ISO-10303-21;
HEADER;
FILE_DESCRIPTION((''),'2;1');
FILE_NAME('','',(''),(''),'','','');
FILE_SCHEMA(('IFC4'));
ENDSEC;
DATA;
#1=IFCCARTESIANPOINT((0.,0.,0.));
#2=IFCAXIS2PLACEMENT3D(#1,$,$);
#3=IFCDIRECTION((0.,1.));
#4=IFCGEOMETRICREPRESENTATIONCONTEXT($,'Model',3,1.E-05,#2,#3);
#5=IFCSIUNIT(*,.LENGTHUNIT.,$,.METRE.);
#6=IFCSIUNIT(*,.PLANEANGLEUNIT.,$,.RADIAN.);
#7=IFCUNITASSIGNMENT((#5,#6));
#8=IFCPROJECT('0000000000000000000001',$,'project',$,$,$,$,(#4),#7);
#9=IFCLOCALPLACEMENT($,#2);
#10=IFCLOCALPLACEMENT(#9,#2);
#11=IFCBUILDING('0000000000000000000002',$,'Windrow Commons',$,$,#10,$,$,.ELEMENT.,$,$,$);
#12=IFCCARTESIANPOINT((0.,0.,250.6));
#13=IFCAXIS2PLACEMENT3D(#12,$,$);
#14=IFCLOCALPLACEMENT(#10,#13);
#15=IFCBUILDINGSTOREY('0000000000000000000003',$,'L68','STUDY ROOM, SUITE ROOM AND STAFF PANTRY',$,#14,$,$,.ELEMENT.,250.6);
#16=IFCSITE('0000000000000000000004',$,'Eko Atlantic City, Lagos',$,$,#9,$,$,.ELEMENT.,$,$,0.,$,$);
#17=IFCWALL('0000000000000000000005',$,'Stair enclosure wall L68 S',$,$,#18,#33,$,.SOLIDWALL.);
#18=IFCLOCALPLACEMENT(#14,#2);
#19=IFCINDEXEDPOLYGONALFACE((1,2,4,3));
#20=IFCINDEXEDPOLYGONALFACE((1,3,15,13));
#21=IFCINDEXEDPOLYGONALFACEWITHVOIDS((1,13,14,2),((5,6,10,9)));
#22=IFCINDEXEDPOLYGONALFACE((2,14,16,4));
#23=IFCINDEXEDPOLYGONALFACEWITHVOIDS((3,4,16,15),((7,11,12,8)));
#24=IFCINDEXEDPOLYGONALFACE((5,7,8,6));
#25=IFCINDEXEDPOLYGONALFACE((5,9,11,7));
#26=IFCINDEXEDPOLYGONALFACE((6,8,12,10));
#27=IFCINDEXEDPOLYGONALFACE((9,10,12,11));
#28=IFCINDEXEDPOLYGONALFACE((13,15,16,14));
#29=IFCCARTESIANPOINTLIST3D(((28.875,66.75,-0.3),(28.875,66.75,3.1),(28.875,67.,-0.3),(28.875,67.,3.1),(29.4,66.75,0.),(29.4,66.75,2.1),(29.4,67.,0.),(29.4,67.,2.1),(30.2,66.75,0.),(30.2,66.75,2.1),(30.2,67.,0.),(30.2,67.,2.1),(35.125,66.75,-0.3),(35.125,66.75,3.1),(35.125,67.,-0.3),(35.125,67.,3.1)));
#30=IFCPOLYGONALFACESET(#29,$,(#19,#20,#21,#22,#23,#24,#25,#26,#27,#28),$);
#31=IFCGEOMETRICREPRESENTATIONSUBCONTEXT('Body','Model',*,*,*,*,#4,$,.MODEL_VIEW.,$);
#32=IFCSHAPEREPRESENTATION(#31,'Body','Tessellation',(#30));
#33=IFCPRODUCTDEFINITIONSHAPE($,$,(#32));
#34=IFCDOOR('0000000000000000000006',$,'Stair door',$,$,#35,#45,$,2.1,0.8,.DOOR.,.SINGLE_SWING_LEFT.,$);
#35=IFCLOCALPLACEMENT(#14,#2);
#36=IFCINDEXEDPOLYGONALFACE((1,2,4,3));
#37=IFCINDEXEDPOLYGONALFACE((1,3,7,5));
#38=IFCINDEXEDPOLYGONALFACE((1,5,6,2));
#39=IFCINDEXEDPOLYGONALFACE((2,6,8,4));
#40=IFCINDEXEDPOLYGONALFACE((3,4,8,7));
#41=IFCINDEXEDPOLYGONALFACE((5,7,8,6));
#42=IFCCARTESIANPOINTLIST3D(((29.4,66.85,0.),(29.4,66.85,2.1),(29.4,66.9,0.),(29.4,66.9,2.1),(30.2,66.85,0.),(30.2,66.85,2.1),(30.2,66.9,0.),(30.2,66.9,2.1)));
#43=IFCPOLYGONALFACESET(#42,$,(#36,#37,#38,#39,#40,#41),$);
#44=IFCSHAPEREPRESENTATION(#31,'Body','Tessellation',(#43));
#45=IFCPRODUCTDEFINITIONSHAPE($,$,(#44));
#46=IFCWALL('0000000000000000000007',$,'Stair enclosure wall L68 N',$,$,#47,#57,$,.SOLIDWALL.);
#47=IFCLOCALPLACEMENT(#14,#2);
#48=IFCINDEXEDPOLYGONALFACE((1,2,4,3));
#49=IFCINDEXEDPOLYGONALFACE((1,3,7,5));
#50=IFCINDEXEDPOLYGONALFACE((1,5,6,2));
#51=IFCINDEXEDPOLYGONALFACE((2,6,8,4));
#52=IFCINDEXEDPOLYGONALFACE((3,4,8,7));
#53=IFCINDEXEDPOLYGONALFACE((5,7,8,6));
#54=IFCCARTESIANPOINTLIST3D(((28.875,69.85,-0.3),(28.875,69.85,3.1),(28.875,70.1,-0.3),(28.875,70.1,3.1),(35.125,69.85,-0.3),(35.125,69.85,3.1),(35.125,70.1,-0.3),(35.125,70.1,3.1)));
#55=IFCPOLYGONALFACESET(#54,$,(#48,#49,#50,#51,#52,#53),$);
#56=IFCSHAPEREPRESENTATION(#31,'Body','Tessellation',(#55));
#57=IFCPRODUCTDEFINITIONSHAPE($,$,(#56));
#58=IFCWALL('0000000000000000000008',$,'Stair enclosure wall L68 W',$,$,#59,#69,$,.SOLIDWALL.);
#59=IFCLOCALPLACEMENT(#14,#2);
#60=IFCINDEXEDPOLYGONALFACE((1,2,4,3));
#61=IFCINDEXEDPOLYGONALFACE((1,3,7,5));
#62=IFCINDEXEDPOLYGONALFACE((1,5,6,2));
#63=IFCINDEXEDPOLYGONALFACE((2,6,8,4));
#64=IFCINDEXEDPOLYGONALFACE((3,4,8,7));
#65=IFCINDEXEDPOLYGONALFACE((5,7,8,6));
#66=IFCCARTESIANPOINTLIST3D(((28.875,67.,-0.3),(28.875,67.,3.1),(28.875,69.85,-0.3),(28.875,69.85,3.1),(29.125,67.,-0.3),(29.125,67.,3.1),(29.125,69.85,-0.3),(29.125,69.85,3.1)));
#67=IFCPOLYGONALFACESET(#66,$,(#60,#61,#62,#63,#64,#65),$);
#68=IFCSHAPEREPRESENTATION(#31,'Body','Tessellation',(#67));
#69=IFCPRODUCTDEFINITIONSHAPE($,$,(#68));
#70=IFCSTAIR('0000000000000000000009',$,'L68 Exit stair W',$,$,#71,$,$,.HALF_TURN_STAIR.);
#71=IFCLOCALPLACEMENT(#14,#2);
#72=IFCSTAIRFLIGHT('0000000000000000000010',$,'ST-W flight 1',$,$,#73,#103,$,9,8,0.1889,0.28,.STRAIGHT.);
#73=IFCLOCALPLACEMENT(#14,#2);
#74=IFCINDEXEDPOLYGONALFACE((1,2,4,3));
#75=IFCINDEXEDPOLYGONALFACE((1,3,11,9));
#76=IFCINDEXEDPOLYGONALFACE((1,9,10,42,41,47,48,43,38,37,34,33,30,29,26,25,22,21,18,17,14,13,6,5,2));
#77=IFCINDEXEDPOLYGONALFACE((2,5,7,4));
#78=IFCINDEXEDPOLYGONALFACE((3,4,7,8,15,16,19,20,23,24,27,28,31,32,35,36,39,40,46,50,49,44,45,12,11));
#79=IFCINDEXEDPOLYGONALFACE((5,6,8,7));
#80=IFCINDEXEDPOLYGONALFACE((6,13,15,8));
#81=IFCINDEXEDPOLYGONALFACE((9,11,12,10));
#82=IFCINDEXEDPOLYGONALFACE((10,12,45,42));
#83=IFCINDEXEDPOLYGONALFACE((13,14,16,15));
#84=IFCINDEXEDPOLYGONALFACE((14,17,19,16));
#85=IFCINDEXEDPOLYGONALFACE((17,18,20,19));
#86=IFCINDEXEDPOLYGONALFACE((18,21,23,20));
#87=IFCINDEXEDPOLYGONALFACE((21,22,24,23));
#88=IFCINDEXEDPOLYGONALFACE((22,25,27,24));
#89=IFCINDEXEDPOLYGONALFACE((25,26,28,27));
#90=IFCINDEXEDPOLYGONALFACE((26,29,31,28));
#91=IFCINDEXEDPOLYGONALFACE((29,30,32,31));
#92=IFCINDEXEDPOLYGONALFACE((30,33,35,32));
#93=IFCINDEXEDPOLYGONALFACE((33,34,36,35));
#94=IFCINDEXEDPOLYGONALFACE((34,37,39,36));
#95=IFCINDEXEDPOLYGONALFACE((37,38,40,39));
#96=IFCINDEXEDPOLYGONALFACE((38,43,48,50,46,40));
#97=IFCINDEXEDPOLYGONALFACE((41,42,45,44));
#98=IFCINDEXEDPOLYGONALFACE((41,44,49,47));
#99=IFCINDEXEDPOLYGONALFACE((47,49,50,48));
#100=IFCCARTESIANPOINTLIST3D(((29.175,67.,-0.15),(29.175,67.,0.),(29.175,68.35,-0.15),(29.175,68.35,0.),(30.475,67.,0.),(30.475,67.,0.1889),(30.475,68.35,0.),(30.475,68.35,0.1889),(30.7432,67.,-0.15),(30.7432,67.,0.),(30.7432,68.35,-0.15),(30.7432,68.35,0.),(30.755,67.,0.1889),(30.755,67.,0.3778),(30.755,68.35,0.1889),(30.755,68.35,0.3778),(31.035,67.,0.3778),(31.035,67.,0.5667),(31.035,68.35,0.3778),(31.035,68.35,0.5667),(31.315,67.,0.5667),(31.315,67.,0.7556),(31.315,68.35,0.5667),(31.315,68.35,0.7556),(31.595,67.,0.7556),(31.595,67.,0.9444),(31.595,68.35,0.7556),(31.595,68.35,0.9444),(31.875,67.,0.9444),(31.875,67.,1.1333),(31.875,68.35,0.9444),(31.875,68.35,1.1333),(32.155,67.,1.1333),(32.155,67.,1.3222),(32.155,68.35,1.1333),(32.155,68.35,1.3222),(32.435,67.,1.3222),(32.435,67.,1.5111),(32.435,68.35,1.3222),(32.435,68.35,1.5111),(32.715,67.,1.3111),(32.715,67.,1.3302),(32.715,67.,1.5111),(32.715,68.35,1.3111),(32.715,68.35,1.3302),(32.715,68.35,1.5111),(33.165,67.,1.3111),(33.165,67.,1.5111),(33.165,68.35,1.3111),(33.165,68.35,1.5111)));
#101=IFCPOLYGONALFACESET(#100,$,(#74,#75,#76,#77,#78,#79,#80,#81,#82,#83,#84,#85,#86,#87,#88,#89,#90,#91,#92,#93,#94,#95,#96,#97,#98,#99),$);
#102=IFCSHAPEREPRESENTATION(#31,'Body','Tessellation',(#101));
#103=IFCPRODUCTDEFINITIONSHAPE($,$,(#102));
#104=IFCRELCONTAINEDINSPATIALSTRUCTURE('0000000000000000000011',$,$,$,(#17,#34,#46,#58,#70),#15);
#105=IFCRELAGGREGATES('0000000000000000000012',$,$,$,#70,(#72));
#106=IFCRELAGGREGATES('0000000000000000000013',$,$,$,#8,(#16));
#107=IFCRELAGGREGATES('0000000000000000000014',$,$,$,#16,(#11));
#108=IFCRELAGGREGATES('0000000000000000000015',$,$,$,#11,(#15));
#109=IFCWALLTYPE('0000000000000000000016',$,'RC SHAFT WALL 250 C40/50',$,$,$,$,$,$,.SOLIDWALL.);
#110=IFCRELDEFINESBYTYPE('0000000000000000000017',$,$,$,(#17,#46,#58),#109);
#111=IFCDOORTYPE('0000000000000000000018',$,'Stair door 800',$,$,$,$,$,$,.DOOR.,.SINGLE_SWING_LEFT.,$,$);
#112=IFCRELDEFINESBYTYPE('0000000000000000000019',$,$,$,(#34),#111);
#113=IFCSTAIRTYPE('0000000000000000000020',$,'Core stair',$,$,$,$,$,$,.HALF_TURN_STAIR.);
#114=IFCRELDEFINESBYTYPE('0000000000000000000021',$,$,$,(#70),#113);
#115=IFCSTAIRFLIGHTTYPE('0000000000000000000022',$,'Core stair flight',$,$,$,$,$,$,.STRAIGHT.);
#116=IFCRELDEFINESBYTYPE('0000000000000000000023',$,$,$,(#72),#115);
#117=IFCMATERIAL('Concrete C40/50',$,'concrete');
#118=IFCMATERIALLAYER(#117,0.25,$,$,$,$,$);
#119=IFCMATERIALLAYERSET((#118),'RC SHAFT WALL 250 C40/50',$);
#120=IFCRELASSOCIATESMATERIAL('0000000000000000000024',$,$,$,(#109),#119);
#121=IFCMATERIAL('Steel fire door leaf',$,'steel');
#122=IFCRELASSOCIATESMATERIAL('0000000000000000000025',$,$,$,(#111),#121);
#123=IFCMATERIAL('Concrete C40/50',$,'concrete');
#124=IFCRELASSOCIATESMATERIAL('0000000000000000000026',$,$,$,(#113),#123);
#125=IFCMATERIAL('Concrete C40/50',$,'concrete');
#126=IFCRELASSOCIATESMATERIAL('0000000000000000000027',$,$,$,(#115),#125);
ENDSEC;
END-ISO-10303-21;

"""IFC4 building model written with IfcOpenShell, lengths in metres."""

from ifc_helpers import new_model, si_unit, direction, frame, frame_2d, origin, place, context, subcontext, project, spatial, polyline, rectangle, outline, extrude, material, layer, layer_set, type_object, element, fill, aggregate, save


model = new_model("IFC4")

# Units and contexts
model_context = context("Model", 3, precision=1e-05, world=origin(), true_north=direction((0.0, 1.0)))
body_context = subcontext(model_context, "Body", "Model", "MODEL_VIEW")
ifc_project = project(units=[si_unit("LENGTHUNIT", "METRE"), si_unit("PLANEANGLEUNIT", "RADIAN")], contexts=[model_context])

# Site, building, storey
site_placement = place(None, origin())
site = spatial("IfcSite", under=ifc_project, at=site_placement, Name="Eko Atlantic City, Lagos", CompositionType="ELEMENT", RefElevation=0.0)
building_placement = place(site_placement, origin())
building = spatial("IfcBuilding", under=site, at=building_placement, Name="Windrow Commons", CompositionType="ELEMENT")
storey_placement = place(building_placement, frame((0.0, 0.0, 250.6)))
storey = spatial("IfcBuildingStorey", under=building, at=storey_placement, Name="L68", Description="STUDY ROOM, SUITE ROOM AND STAFF PANTRY", CompositionType="ELEMENT", Elevation=250.6)

# Wall, opening, door
ifc_material_1 = material(Name="Concrete C40/50", Category="concrete")
ifc_layer_1 = layer(ifc_material_1, 0.25)
ifc_layer_set_1 = layer_set([ifc_layer_1], Name="RC SHAFT WALL 250 C40/50")
wall_type_1 = type_object("IfcWallType", Name="RC SHAFT WALL 250 C40/50", PredefinedType="SOLIDWALL", material=ifc_layer_set_1)
wall_1_placement = place(storey_placement, frame((28.875, 66.875, -0.3), z_axis=(0.0, 0.0, 1.0), x_axis=(1.0, 0.0, 0.0)))
wall_1 = element("IfcWall", 1, at=wall_1_placement, inside=storey, type_object=wall_type_1, Name="Stair enclosure wall L68 S", PredefinedType="SOLIDWALL", context=body_context, shape_type="SweptSolid", body=[
    extrude(rectangle(XDim=6.25, YDim=0.25, at=frame_2d((3.125, 0.0))), origin(), (0.0, 0.0, 1.0), 3.4),
])
opening_1_placement = place(wall_1_placement, frame((0.525, 0.0, 0.3)))
opening_1 = element("IfcOpeningElement", 2, at=opening_1_placement, cuts=wall_1, PredefinedType="OPENING", context=body_context, shape_type="SweptSolid", body=[
    extrude(rectangle(XDim=0.8, YDim=2.1, at=frame_2d((0.4, 1.05))), frame((0.0, 0.135, 0.0), z_axis=(0.0, -1.0, 0.0), x_axis=(1.0, 0.0, 0.0)), (0.0, 0.0, 1.0), 0.27),
])
ifc_material_2 = material(Name="Steel fire door leaf", Category="steel")
door_type_1 = type_object("IfcDoorType", Name="Stair door 800", OperationType="SINGLE_SWING_LEFT", PredefinedType="DOOR", material=ifc_material_2)
door_1_placement = place(opening_1_placement, origin())
door_1 = element("IfcDoor", 3, at=door_1_placement, inside=storey, type_object=door_type_1, Name="Stair door", OperationType="SINGLE_SWING_LEFT", OverallHeight=2.1, OverallWidth=0.8, PredefinedType="DOOR", context=body_context, shape_type="SweptSolid", body=[
    extrude(rectangle(XDim=0.8, YDim=2.1, at=frame_2d((0.4, 1.05))), frame((0.0, 0.025, 0.0), z_axis=(0.0, -1.0, 0.0), x_axis=(1.0, 0.0, 0.0)), (0.0, 0.0, 1.0), 0.05),
])
fill(opening_1, door_1)

# Walls
wall_2_placement = place(storey_placement, frame((28.875, 69.975, -0.3), z_axis=(0.0, 0.0, 1.0), x_axis=(1.0, 0.0, 0.0)))
element("IfcWall", 4, at=wall_2_placement, inside=storey, type_object=wall_type_1, Name="Stair enclosure wall L68 N", PredefinedType="SOLIDWALL", context=body_context, shape_type="SweptSolid", body=[
    extrude(rectangle(XDim=6.25, YDim=0.25, at=frame_2d((3.125, 0.0))), origin(), (0.0, 0.0, 1.0), 3.4),
])
wall_3_placement = place(storey_placement, frame((29.0, 67.0, -0.3), z_axis=(0.0, 0.0, 1.0), x_axis=(0.0, 1.0, 0.0)))
element("IfcWall", 5, at=wall_3_placement, inside=storey, type_object=wall_type_1, Name="Stair enclosure wall L68 W", PredefinedType="SOLIDWALL", context=body_context, shape_type="SweptSolid", body=[
    extrude(rectangle(XDim=2.85, YDim=0.25, at=frame_2d((1.425, 0.0))), origin(), (0.0, 0.0, 1.0), 3.4),
])

# Stair, stair flight
ifc_material_3 = material(Name="Concrete C40/50", Category="concrete")
stair_type = type_object("IfcStairType", Name="Core stair", PredefinedType="HALF_TURN_STAIR", material=ifc_material_3)
stair_placement = place(storey_placement, origin())
stair = element("IfcStair", 6, at=stair_placement, inside=storey, type_object=stair_type, Name="L68 Exit stair W", PredefinedType="HALF_TURN_STAIR")
ifc_material_4 = material(Name="Concrete C40/50", Category="concrete")
stair_flight_type = type_object("IfcStairFlightType", Name="Core stair flight", PredefinedType="STRAIGHT", material=ifc_material_4)
stair_flight_placement = place(storey_placement, frame((30.475, 67.675, 0.0), z_axis=(0.0, 0.0, 1.0), x_axis=(1.0, 0.0, 0.0)))
stair_flight = element("IfcStairFlight", 7, at=stair_flight_placement, type_object=stair_flight_type, Name="ST-W flight 1", NumberOfRisers=9, NumberOfTreads=8, PredefinedType="STRAIGHT", RiserHeight=0.1889, TreadLength=0.28, context=body_context, shape_type="SweptSolid", body=[
    extrude(outline(polyline([(-1.3, -0.15), (-1.3, 0.0), (0.0, 0.0), (0.0, 0.1889), (0.28, 0.1889), (0.28, 0.3778), (0.56, 0.3778), (0.56, 0.5667), (0.84, 0.5667), (0.84, 0.7556), (1.12, 0.7556), (1.12, 0.9444), (1.4, 0.9444), (1.4, 1.1333), (1.68, 1.1333), (1.68, 1.3222), (1.96, 1.3222), (1.96, 1.5111), (2.24, 1.5111), (2.69, 1.5111), (2.69, 1.3111), (2.24, 1.3111), (2.24, 1.3302), (0.2682, 0.0), (0.2682, -0.15), (-1.3, -0.15)])), frame((0.0, 0.675, 0.0), z_axis=(0.0, -1.0, 0.0), x_axis=(1.0, 0.0, 0.0)), (0.0, 0.0, 1.0), 1.35),
])
aggregate(stair, [stair_flight])

save(model, "model.ifc")
